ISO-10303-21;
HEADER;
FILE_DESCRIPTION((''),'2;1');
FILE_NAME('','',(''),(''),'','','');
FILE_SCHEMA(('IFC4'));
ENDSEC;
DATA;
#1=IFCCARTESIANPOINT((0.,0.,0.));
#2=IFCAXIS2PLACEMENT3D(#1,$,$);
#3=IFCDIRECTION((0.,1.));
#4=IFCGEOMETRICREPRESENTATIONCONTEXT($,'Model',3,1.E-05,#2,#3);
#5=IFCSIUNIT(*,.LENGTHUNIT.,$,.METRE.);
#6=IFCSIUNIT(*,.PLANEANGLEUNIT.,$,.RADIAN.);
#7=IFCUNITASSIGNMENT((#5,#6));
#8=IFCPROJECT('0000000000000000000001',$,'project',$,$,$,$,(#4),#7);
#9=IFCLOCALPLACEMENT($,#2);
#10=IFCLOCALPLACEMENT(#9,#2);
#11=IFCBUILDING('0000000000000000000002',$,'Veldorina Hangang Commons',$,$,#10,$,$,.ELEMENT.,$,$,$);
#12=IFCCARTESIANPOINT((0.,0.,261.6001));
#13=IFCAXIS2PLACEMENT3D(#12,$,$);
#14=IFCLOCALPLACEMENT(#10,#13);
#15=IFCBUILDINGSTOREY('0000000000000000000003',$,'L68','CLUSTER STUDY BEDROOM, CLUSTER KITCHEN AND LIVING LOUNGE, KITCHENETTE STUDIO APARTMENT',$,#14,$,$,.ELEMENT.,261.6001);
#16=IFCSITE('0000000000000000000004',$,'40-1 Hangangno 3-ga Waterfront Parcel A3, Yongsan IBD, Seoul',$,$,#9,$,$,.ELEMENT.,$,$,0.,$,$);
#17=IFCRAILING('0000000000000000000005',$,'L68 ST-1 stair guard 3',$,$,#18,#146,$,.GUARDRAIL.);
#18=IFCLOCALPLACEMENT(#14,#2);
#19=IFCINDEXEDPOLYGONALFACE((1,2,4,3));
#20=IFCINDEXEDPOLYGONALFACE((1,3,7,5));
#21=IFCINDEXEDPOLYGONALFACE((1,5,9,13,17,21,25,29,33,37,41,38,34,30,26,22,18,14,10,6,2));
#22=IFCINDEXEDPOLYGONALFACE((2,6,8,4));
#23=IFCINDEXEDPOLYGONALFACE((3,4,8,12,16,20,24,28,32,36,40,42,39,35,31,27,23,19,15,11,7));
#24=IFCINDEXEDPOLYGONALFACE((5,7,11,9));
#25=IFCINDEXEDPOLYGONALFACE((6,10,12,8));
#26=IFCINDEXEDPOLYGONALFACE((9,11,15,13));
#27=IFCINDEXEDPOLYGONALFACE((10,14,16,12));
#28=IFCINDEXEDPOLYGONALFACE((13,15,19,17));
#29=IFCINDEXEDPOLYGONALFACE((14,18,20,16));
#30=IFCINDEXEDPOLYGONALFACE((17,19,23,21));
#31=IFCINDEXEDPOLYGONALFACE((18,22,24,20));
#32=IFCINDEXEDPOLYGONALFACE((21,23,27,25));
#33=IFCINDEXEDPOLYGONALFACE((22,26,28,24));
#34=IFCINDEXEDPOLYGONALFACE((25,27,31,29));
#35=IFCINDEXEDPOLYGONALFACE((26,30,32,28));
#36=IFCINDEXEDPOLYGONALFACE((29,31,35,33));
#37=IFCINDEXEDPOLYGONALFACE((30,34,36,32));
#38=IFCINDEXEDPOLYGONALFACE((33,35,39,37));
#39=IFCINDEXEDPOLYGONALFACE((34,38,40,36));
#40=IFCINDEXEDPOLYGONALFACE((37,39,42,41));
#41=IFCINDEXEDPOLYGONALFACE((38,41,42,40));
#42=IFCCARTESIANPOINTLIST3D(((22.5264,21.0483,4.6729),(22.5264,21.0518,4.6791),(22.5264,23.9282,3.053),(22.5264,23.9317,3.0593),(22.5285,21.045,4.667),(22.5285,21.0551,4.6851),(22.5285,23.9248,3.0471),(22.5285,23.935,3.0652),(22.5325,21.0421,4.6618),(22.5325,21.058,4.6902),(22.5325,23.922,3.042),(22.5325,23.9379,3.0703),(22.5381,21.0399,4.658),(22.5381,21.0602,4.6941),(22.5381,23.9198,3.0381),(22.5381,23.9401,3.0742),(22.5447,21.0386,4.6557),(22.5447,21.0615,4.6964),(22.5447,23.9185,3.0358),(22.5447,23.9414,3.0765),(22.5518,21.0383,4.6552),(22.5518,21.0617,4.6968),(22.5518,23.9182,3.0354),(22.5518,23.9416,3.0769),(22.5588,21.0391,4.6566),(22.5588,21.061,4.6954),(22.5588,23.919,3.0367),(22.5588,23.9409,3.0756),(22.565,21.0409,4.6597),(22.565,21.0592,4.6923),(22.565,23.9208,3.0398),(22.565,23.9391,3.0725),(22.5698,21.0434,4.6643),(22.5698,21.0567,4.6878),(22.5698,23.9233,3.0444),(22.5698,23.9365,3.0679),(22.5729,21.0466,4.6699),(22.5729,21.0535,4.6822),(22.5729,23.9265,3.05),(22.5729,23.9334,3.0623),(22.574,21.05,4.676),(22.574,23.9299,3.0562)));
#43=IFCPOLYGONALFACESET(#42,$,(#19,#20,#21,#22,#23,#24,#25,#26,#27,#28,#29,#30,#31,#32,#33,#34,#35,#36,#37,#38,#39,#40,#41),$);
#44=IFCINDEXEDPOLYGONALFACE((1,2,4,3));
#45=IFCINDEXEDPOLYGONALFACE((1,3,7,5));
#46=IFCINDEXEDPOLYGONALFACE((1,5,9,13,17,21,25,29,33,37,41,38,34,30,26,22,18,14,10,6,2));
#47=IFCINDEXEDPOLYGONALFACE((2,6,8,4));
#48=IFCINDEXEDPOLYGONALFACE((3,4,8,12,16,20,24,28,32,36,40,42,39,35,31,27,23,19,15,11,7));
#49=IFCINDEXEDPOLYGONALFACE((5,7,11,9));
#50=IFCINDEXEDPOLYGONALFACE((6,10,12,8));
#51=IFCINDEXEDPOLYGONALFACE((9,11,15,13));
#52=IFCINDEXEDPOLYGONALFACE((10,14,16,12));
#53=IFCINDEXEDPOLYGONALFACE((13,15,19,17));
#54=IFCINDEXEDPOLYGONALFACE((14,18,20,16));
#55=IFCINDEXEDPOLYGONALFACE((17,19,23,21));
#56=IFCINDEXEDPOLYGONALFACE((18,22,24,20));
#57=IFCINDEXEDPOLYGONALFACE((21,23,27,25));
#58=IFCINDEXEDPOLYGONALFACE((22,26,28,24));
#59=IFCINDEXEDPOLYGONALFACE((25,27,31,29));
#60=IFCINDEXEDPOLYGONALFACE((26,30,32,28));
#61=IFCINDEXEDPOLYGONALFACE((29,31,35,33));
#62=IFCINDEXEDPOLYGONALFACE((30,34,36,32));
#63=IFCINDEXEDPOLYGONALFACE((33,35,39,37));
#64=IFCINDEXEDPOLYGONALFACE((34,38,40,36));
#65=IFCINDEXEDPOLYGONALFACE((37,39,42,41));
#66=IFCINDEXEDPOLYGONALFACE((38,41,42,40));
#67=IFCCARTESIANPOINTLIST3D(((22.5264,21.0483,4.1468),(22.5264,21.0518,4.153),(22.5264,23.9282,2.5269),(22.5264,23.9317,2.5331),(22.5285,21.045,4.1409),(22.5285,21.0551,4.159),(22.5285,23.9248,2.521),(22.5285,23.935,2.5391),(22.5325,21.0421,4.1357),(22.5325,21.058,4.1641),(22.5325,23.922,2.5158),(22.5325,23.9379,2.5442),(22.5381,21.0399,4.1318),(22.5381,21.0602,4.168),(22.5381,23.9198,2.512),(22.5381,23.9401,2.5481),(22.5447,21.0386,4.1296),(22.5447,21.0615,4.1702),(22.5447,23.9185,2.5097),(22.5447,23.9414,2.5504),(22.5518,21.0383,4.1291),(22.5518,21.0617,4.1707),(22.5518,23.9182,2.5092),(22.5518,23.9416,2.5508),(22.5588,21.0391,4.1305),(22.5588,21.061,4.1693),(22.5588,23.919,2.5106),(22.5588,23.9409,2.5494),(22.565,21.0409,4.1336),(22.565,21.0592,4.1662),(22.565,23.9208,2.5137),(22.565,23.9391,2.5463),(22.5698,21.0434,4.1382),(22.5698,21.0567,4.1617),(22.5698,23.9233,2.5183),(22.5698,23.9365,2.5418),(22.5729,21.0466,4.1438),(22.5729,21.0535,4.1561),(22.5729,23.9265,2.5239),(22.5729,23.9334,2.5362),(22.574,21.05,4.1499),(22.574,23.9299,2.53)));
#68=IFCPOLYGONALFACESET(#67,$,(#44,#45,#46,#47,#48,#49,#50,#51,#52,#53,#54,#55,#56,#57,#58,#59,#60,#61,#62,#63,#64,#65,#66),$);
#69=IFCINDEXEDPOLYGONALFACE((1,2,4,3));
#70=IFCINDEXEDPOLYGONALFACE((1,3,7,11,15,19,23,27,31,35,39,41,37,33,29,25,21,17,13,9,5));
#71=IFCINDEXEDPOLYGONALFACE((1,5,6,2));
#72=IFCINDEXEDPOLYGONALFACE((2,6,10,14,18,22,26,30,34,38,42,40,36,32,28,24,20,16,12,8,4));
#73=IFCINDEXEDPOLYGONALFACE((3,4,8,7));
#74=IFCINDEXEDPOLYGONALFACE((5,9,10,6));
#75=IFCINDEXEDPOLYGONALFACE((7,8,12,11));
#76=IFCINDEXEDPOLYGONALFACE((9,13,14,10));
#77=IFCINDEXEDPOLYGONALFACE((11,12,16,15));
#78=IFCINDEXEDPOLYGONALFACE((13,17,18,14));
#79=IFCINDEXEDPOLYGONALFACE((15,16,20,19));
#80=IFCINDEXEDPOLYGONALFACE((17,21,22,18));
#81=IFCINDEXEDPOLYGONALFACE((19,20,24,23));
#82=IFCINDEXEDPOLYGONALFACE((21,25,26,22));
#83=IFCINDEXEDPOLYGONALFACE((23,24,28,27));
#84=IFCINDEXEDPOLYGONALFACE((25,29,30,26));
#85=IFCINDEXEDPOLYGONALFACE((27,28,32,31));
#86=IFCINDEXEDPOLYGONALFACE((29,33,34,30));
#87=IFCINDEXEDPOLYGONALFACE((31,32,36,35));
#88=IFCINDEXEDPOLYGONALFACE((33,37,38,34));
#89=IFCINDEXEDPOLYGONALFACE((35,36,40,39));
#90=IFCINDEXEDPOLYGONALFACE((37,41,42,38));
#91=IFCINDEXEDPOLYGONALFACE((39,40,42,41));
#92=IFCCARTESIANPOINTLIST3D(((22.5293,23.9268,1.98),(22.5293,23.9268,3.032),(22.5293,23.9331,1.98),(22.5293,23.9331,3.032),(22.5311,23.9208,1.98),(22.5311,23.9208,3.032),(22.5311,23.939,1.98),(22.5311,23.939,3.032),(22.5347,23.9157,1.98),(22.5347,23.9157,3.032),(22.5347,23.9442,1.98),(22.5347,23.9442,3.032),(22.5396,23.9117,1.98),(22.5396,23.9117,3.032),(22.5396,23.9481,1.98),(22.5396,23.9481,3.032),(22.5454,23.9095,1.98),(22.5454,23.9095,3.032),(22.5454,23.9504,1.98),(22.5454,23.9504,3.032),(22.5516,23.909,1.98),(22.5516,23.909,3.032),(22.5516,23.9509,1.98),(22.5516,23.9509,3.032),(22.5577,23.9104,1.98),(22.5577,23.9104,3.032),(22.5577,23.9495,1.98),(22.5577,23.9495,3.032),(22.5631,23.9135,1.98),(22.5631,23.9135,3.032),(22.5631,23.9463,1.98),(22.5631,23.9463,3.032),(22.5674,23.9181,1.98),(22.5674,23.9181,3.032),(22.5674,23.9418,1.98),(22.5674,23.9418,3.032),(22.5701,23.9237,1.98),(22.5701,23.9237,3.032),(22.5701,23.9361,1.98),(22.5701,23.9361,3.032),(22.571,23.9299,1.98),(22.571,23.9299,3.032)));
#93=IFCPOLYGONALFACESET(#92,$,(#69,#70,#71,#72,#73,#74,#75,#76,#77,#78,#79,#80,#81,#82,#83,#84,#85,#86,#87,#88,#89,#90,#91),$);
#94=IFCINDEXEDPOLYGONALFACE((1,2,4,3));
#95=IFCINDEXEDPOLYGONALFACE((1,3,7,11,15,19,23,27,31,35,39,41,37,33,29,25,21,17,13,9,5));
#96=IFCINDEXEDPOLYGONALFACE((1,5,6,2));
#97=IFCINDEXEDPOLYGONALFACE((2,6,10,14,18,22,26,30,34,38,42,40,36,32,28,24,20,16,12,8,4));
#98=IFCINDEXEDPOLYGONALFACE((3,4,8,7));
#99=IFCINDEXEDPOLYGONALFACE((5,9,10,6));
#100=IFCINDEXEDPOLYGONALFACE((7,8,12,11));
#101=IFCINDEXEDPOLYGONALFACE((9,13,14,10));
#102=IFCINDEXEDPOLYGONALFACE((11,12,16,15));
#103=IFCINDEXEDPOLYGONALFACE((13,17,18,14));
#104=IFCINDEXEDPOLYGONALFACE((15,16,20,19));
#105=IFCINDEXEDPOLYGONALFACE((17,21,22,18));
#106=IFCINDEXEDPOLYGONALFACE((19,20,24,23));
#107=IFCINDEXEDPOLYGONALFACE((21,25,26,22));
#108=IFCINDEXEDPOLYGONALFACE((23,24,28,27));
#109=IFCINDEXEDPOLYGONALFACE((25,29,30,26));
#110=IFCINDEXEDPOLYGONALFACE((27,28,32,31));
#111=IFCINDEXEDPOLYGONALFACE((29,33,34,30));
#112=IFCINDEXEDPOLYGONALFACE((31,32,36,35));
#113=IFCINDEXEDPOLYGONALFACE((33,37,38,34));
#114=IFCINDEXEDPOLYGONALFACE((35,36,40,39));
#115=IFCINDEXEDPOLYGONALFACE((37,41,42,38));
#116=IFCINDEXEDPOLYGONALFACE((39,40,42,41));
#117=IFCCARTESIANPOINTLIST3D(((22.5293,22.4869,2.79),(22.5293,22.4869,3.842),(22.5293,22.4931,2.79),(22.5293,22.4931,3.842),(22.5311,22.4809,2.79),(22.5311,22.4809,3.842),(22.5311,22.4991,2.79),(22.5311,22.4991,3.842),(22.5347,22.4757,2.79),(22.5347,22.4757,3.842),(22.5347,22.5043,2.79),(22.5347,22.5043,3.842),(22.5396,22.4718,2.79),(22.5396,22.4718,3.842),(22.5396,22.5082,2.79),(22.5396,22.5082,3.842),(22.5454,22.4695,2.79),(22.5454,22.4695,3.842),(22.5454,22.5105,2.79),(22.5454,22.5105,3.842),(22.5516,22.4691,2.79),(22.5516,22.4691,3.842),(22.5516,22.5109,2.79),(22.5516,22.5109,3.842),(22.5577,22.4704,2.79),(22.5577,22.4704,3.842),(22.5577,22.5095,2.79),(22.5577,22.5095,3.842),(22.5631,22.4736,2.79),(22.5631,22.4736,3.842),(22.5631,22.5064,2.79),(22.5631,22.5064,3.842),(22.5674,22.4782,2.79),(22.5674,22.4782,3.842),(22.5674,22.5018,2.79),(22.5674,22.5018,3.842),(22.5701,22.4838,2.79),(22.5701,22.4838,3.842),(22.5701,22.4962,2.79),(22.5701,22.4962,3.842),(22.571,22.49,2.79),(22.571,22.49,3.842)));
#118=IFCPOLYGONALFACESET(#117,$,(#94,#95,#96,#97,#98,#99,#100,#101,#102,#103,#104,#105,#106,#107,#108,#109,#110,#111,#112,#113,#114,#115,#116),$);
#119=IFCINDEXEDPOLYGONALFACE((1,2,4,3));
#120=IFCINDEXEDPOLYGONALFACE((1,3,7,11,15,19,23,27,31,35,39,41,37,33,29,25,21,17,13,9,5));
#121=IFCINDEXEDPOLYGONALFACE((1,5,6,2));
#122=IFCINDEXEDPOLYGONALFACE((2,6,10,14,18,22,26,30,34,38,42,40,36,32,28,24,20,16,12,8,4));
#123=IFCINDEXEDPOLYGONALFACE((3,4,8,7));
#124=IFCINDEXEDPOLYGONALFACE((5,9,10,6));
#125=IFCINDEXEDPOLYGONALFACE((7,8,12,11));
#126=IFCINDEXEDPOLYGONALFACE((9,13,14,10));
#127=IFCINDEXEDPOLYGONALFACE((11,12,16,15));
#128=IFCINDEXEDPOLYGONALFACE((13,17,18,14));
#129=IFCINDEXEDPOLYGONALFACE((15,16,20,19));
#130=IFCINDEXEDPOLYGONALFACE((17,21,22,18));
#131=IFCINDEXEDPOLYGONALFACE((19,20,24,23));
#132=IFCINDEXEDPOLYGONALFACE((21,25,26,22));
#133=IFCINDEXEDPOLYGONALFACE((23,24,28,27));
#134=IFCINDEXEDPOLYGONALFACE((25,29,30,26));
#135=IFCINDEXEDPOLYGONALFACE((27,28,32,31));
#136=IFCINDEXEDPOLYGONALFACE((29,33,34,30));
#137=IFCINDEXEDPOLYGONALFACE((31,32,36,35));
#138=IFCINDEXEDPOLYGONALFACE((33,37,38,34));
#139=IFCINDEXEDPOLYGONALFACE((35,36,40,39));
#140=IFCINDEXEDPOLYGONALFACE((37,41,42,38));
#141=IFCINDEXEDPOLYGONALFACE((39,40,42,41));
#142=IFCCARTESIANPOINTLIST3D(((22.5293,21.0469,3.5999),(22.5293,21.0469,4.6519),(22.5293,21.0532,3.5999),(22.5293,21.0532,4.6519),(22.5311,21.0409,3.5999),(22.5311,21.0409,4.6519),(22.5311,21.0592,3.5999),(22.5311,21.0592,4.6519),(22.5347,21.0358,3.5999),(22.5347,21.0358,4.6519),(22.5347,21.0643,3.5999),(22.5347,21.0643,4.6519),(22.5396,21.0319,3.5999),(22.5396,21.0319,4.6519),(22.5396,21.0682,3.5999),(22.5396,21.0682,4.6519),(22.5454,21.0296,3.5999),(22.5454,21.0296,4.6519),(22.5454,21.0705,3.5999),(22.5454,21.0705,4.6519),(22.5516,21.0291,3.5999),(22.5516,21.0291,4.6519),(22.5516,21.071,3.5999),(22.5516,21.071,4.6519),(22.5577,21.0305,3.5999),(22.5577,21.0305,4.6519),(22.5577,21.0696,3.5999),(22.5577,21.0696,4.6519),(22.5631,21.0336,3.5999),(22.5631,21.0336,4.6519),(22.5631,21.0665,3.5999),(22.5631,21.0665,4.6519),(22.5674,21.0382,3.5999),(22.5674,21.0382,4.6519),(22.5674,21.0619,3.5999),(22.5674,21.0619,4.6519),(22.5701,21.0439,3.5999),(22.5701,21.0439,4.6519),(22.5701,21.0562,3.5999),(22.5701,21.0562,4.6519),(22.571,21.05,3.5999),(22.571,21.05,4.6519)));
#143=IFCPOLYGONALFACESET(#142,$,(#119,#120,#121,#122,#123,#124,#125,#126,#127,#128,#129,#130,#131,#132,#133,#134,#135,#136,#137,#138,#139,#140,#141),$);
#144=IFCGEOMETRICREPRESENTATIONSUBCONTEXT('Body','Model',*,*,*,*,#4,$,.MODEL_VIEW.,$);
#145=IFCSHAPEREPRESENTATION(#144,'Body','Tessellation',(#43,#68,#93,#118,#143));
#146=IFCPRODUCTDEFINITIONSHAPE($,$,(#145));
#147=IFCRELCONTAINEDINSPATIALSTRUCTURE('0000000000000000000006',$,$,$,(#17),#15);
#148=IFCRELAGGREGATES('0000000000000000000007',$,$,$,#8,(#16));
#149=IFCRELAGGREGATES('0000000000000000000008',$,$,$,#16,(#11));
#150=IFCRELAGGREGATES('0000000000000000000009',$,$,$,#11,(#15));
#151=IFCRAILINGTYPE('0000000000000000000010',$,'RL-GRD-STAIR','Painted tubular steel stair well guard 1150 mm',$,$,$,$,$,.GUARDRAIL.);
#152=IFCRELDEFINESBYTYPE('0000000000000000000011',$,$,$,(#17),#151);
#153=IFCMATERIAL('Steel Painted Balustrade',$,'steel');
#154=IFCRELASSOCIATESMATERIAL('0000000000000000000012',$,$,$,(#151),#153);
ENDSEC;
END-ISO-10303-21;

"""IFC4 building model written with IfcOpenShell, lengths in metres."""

from ifc_helpers import new_model, si_unit, direction, frame, origin, origin_2d, place, context, subcontext, project, spatial, circle, extrude, material, type_object, element, save


model = new_model("IFC4")

# Units and contexts
model_context = context("Model", 3, precision=1e-05, world=origin(), true_north=direction((0.0, 1.0)))
body_context = subcontext(model_context, "Body", "Model", "MODEL_VIEW")
ifc_project = project(units=[si_unit("LENGTHUNIT", "METRE"), si_unit("PLANEANGLEUNIT", "RADIAN")], contexts=[model_context])

# Site, building, storey
site_placement = place(None, origin())
site = spatial("IfcSite", under=ifc_project, at=site_placement, Name="40-1 Hangangno 3-ga Waterfront Parcel A3, Yongsan IBD, Seoul", CompositionType="ELEMENT", RefElevation=0.0)
building_placement = place(site_placement, origin())
building = spatial("IfcBuilding", under=site, at=building_placement, Name="Veldorina Hangang Commons", CompositionType="ELEMENT")
storey_placement = place(building_placement, frame((0.0, 0.0, 261.6001)))
storey = spatial("IfcBuildingStorey", under=building, at=storey_placement, Name="L68", Description="CLUSTER STUDY BEDROOM, CLUSTER KITCHEN AND LIVING LOUNGE, KITCHENETTE STUDIO APARTMENT", CompositionType="ELEMENT", Elevation=261.6001)

# Railing
ifc_material_1 = material(Name="Steel Painted Balustrade", Category="steel")
railing_type_1 = type_object("IfcRailingType", Name="RL-GRD-STAIR", Description="Painted tubular steel stair well guard 1150 mm", PredefinedType="GUARDRAIL", material=ifc_material_1)
railing_1_placement = place(storey_placement, frame((22.55, 23.9299, 1.98)))
element("IfcRailing", 1, at=railing_1_placement, inside=storey, type_object=railing_type_1, Name="L68 ST-1 stair guard 3", PredefinedType="GUARDRAIL", context=body_context, shape_type="SweptSolid", body=[
    extrude(circle(Radius=0.0239, at=origin_2d()), frame((0.0, 0.0, 1.0762), z_axis=(0.0, -0.871583, 0.490247), x_axis=(1.0, 0.0, 0.0)), (0.0, 0.0, 1.0), 3.3042),
    extrude(circle(Radius=0.0239, at=origin_2d()), frame((0.0, 0.0, 0.55), z_axis=(0.0, -0.871583, 0.490247), x_axis=(1.0, 0.0, 0.0)), (0.0, 0.0, 1.0), 3.3042),
    extrude(circle(Radius=0.021, at=origin_2d()), origin(), (0.0, 0.0, 1.0), 1.052),
    extrude(circle(Radius=0.021, at=origin_2d()), frame((0.0, -1.4399, 0.8101)), (0.0, 0.0, 1.0), 1.052),
    extrude(circle(Radius=0.021, at=origin_2d()), frame((0.0, -2.8799, 1.6199)), (0.0, 0.0, 1.0), 1.052),
])

save(model, "model.ifc")
